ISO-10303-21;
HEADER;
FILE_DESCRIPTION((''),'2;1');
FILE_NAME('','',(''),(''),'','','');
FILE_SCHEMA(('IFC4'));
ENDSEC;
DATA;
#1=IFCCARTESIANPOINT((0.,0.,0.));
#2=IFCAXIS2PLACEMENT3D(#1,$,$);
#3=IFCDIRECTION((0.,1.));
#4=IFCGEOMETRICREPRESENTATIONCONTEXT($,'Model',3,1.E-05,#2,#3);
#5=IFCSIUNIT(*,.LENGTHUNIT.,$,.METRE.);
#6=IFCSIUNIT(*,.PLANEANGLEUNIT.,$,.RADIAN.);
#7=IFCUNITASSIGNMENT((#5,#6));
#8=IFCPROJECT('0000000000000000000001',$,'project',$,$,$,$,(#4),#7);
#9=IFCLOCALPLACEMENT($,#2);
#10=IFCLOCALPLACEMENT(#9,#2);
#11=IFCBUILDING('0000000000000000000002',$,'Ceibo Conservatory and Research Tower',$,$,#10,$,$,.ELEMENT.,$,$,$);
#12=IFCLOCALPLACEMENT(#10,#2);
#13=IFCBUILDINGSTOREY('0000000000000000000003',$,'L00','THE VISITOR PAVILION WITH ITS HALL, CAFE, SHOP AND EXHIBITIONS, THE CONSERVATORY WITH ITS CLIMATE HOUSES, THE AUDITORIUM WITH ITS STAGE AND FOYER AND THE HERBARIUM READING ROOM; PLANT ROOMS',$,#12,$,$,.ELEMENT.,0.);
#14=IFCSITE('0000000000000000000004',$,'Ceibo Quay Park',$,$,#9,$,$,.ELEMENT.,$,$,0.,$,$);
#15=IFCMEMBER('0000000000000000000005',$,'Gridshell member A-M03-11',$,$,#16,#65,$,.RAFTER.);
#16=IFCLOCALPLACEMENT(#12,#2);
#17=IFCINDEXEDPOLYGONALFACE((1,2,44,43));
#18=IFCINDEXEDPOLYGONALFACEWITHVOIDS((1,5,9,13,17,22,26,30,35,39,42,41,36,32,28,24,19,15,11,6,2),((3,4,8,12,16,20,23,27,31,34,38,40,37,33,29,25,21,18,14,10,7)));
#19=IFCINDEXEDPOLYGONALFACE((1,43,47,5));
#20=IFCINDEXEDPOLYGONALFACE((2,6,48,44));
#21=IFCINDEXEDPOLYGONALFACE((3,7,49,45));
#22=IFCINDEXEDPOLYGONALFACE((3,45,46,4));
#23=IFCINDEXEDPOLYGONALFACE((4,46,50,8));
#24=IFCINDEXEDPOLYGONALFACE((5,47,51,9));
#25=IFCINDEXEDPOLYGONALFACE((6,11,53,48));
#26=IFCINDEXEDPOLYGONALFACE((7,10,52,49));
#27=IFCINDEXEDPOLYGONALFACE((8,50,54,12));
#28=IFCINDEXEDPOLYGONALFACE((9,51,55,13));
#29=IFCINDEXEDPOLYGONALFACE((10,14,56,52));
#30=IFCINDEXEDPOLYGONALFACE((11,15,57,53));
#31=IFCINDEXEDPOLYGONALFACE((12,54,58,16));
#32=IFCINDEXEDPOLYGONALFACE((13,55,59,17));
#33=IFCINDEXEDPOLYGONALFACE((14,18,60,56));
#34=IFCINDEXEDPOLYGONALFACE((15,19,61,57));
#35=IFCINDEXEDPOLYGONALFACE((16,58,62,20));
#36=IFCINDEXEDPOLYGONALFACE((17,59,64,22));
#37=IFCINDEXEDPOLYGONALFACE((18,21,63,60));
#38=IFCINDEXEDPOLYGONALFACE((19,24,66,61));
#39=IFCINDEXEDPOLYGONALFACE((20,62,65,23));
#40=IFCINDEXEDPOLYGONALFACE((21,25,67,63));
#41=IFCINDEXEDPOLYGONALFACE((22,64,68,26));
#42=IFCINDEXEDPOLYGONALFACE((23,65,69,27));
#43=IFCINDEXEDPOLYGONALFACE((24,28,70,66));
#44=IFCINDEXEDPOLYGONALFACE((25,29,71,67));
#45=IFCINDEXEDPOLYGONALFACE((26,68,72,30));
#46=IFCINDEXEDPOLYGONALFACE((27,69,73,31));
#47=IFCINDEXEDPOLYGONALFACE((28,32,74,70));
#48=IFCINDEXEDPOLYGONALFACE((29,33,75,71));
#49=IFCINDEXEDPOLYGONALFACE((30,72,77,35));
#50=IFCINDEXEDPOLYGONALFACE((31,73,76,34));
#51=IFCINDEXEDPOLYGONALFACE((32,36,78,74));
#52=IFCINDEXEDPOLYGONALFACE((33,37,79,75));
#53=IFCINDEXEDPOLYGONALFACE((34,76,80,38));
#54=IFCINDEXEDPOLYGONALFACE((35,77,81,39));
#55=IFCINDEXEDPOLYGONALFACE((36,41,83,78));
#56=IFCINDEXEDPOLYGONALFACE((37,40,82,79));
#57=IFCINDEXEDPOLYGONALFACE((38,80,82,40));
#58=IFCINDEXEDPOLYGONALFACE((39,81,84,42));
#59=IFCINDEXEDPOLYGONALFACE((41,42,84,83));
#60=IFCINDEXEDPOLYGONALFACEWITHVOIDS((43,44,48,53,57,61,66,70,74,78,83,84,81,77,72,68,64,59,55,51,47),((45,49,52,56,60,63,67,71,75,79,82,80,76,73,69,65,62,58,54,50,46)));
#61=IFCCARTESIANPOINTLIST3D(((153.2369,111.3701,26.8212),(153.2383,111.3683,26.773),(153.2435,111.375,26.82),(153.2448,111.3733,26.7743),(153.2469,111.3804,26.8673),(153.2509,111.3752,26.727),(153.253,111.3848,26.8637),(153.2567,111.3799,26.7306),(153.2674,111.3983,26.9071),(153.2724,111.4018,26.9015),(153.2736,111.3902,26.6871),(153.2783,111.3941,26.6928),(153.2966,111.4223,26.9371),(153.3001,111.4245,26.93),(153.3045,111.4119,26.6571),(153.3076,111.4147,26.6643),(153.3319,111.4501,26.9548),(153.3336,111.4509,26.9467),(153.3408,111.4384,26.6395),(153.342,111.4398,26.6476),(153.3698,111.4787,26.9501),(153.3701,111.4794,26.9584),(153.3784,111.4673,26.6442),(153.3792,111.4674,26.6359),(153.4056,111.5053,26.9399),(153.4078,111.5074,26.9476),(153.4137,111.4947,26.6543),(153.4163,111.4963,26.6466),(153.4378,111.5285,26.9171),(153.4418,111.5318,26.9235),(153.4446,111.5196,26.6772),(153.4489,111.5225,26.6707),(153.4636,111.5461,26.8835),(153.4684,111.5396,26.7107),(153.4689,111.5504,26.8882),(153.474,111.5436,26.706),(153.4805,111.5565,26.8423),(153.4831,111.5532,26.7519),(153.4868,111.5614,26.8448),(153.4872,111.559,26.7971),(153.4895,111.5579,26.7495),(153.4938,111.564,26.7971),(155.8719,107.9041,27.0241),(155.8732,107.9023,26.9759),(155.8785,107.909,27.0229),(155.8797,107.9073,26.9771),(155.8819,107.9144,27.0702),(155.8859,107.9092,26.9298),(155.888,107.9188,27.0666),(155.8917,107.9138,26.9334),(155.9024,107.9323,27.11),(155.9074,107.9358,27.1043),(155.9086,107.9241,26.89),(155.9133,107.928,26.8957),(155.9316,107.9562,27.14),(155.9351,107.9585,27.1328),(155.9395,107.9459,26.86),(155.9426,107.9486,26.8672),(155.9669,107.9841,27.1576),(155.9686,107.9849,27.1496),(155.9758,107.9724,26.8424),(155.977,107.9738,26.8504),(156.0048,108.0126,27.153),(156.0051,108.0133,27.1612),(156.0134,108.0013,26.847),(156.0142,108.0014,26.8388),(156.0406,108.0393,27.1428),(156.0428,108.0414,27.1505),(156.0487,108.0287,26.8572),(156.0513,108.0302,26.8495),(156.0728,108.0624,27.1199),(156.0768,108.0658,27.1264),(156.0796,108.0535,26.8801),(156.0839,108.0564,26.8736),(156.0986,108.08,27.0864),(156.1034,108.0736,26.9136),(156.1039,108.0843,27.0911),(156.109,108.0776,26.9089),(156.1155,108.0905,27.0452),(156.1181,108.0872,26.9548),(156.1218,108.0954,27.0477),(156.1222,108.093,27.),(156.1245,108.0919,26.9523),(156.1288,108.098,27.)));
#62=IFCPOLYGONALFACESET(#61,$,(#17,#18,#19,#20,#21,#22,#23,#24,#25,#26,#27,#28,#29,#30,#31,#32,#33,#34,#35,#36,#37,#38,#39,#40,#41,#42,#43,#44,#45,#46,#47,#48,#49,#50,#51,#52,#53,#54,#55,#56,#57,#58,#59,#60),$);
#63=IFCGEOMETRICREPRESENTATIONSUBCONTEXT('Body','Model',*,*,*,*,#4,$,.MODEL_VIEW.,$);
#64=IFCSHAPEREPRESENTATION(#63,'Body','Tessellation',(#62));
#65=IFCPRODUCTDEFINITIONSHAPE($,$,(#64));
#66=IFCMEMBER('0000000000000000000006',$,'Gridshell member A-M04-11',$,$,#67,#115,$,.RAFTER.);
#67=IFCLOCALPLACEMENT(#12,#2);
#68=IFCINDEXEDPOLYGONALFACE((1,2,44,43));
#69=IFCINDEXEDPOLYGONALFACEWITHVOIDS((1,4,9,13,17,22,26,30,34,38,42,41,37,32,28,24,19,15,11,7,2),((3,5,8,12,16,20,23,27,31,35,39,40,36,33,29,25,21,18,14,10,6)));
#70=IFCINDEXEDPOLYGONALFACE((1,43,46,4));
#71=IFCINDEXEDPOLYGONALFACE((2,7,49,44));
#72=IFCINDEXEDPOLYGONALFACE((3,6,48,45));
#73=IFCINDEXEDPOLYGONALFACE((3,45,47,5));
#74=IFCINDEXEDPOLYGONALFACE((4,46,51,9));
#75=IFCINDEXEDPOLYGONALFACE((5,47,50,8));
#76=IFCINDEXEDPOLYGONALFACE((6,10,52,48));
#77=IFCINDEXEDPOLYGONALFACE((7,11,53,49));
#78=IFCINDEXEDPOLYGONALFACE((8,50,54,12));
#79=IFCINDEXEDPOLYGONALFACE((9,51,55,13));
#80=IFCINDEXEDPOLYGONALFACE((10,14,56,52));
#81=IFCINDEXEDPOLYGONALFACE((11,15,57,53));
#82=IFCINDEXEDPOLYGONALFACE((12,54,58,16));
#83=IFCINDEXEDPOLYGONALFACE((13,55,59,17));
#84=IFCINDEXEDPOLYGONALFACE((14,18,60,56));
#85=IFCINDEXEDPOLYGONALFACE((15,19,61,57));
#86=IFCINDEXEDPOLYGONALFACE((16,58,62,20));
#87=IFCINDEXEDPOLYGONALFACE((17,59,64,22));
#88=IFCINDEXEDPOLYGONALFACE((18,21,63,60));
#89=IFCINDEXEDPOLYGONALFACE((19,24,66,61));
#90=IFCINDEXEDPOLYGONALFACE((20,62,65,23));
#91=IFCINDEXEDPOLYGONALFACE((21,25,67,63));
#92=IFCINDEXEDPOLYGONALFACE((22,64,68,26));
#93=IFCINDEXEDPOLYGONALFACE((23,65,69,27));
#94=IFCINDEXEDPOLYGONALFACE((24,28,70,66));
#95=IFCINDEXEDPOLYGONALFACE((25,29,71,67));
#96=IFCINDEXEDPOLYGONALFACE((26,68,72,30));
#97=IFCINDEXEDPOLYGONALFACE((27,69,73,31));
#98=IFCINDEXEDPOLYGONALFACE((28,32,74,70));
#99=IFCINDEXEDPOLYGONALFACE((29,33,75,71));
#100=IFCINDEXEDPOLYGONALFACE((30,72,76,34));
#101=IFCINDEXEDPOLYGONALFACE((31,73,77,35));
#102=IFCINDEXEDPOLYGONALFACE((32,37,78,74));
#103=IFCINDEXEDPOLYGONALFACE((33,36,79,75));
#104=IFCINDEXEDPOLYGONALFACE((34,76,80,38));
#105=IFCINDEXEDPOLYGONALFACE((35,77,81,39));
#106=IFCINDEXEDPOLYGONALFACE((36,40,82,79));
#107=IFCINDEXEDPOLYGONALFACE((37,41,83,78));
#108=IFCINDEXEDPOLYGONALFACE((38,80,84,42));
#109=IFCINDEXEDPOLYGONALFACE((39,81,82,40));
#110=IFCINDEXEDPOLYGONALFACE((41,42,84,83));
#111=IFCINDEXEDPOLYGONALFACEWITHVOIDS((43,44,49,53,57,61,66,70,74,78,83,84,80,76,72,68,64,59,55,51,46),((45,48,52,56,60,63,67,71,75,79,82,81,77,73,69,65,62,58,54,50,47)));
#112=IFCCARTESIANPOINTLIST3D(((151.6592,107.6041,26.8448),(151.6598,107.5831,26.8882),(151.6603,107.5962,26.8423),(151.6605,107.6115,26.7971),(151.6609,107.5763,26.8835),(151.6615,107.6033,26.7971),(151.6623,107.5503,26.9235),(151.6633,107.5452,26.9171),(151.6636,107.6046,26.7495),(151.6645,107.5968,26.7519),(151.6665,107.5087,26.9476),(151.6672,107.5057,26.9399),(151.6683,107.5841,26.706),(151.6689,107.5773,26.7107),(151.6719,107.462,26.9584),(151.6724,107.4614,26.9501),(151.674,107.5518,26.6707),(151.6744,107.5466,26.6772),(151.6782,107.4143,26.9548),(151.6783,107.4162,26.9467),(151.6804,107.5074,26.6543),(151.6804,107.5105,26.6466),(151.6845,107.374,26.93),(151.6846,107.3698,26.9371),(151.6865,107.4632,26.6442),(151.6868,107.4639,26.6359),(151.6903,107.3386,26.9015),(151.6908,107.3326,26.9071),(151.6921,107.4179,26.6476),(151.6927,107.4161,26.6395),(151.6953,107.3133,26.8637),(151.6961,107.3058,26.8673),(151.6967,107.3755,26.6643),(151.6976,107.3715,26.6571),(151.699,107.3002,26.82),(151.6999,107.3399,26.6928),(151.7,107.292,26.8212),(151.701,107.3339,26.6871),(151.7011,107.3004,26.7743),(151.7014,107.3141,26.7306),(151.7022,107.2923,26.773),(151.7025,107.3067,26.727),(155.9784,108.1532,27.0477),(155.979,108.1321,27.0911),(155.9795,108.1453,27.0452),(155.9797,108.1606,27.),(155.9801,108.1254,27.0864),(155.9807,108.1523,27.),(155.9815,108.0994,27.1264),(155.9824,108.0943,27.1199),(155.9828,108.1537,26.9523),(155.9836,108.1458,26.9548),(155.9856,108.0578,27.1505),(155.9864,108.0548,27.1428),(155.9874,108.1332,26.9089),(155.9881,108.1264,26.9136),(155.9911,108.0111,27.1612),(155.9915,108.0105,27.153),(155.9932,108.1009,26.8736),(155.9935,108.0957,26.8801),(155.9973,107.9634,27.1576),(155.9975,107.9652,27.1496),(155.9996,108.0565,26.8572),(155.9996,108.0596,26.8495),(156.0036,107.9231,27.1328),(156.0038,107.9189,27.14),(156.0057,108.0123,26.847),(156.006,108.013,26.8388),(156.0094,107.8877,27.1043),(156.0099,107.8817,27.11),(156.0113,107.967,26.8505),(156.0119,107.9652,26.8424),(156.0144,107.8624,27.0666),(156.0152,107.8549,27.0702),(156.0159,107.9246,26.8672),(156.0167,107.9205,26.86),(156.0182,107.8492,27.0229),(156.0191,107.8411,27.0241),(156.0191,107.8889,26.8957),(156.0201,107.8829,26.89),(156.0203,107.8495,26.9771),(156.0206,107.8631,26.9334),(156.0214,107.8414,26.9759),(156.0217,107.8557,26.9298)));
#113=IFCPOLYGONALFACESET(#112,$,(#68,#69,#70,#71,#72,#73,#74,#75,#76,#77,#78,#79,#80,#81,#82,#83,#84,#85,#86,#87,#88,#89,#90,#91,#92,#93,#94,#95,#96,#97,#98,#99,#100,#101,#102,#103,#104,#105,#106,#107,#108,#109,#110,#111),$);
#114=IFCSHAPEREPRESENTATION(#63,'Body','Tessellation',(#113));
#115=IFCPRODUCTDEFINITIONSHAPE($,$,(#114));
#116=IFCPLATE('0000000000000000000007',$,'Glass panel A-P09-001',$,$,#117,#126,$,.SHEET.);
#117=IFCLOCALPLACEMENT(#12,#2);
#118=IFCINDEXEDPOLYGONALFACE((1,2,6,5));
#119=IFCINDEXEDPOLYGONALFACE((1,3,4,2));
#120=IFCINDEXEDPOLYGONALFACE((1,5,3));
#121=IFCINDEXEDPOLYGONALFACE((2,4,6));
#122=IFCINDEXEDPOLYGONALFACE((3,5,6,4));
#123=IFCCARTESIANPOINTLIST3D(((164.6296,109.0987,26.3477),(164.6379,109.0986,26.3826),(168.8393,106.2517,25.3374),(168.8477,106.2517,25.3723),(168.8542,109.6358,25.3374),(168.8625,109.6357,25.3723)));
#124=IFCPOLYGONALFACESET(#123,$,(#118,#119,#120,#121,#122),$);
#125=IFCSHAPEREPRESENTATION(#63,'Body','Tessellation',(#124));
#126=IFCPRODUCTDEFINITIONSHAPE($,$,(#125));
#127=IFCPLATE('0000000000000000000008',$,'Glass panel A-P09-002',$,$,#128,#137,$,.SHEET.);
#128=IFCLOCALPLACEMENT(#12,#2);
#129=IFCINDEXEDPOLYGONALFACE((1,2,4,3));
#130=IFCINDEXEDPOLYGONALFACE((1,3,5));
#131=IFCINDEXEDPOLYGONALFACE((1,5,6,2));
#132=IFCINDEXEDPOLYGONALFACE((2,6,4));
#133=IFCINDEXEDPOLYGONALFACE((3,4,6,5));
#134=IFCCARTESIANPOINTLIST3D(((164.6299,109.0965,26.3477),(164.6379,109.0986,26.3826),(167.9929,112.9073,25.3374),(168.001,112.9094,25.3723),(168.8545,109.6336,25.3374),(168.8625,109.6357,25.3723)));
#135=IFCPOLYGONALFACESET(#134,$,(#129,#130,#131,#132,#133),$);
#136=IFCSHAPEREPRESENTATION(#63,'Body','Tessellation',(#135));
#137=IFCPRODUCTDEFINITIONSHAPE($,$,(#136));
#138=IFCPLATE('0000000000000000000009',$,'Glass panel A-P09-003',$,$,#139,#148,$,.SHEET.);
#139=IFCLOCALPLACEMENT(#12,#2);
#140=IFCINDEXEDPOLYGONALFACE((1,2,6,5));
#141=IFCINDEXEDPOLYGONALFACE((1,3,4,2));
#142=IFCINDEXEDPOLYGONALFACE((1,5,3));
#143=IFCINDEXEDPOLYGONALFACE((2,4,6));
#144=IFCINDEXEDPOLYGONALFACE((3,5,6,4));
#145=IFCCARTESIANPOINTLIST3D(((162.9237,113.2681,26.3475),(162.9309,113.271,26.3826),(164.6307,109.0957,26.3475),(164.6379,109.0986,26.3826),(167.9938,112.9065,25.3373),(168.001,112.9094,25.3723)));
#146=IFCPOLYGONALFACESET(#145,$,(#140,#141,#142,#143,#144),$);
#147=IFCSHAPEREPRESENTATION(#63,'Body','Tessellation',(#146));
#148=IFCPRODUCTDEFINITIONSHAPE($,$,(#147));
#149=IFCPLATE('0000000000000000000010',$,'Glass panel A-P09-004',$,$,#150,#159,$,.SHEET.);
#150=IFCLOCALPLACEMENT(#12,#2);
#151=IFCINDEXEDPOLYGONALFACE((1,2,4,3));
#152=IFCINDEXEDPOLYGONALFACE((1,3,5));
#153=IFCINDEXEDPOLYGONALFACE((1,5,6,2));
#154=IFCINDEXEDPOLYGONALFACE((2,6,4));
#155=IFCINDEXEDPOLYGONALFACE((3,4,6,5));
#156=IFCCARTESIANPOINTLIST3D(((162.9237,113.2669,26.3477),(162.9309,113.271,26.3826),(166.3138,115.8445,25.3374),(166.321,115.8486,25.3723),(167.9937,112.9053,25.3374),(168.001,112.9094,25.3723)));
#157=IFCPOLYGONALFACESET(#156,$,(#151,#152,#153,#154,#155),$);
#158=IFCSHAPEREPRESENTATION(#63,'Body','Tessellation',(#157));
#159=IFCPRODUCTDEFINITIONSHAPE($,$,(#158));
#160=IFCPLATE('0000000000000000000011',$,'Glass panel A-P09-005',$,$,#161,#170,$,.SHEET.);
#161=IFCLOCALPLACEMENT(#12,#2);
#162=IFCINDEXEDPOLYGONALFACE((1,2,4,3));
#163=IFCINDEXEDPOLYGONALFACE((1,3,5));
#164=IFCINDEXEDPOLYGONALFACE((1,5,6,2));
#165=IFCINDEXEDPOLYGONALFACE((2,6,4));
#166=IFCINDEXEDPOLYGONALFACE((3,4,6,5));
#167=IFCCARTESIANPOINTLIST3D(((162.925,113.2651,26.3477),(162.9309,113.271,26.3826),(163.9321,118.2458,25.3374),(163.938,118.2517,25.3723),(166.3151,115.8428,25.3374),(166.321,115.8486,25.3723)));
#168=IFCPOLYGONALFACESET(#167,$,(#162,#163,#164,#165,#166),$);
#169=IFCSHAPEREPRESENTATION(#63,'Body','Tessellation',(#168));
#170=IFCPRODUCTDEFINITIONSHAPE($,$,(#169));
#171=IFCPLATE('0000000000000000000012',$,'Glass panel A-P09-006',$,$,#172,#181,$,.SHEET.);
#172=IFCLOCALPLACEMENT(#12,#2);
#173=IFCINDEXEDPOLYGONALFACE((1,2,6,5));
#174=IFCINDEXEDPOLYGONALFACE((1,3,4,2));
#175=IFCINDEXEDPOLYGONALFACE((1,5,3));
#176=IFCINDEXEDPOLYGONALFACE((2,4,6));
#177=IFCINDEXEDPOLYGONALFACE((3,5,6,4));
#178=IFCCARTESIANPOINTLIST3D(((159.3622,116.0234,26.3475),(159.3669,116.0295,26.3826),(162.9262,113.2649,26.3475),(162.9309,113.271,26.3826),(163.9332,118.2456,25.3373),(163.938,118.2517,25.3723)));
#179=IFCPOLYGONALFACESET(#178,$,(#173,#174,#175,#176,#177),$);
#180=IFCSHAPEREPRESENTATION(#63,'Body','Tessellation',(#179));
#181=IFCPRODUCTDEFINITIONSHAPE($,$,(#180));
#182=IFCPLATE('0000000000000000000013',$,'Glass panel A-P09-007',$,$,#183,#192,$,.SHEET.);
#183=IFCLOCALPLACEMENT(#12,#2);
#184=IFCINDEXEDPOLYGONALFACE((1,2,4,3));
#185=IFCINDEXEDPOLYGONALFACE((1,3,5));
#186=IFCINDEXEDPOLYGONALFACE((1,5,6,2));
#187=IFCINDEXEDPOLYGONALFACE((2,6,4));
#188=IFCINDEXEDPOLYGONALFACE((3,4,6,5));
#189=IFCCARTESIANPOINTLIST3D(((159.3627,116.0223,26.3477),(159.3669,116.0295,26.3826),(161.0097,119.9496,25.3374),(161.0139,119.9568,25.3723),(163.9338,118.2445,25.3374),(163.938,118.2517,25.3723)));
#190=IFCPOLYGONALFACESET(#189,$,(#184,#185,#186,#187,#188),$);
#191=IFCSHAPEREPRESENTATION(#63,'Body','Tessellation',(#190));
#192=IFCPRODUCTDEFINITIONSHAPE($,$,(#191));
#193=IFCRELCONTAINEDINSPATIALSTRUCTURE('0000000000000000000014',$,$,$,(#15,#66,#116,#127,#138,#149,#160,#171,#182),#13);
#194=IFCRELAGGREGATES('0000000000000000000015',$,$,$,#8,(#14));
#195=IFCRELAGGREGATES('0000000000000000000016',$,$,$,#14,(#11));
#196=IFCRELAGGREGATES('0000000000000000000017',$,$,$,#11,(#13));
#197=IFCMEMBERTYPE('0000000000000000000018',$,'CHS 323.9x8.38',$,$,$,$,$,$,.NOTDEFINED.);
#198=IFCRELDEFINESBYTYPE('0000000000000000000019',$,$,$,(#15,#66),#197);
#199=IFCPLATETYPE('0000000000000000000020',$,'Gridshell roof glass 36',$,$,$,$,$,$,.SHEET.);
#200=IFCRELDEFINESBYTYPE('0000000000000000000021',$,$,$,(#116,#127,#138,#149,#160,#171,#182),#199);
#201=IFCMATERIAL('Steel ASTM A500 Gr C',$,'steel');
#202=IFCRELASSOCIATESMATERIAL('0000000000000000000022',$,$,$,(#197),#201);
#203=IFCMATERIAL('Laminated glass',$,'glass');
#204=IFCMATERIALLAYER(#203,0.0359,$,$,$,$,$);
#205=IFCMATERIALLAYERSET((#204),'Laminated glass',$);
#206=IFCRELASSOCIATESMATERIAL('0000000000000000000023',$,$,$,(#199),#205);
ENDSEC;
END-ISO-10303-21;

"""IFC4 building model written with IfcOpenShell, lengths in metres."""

from ifc_helpers import new_model, si_unit, direction, frame, origin, origin_2d, place, context, subcontext, project, spatial, polyline, hollow_circle, outline, extrude, material, layer, layer_set, material_profile, profile_set, type_object, element, save


model = new_model("IFC4")

# Units and contexts
model_context = context("Model", 3, precision=1e-05, world=origin(), true_north=direction((0.0, 1.0)))
body_context = subcontext(model_context, "Body", "Model", "MODEL_VIEW")
ifc_project = project(units=[si_unit("LENGTHUNIT", "METRE"), si_unit("PLANEANGLEUNIT", "RADIAN")], contexts=[model_context])

# Site, building, storey
site_placement = place(None, origin())
site = spatial("IfcSite", under=ifc_project, at=site_placement, Name="Ceibo Quay Park", CompositionType="ELEMENT", RefElevation=0.0)
building_placement = place(site_placement, origin())
building = spatial("IfcBuilding", under=site, at=building_placement, Name="Ceibo Conservatory and Research Tower", CompositionType="ELEMENT")
storey_placement = place(building_placement, origin())
storey = spatial("IfcBuildingStorey", under=building, at=storey_placement, Name="L00", Description="THE VISITOR PAVILION WITH ITS HALL, CAFE, SHOP AND EXHIBITIONS, THE CONSERVATORY WITH ITS CLIMATE HOUSES, THE AUDITORIUM WITH ITS STAGE AND FOYER AND THE HERBARIUM READING ROOM; PLANT ROOMS", CompositionType="ELEMENT", Elevation=0.0)

# Members
ifc_material_1 = material(Name="Steel ASTM A500 Gr C", Category="steel")
ifc_material_profile_1 = material_profile(ifc_material_1, hollow_circle(Radius=0.1619, WallThickness=0.0083, at=origin_2d()), Name="CHS 323.9x8.38")
ifc_profile_set_1 = profile_set([ifc_material_profile_1], Name="Steel ASTM A500 Gr C")
member_type_1 = type_object("IfcMemberType", Name="CHS 323.9x8.38", PredefinedType="NOTDEFINED", material=ifc_profile_set_1)
for number, where, z_axis, x_axis, name in (
    (1, (153.365, 111.4661, 26.7971), (0.604544, -0.795211, 0.046546), (0.796074, 0.6052, 0.0), "Gridshell member A-M03-11"),
    (2, (151.6809, 107.4509, 26.7971), (0.990941, 0.125975, 0.046547), (-0.126112, 0.992016, 0.0), "Gridshell member A-M04-11"),
):
    element("IfcMember", number, at=place(storey_placement, frame(where, z_axis=z_axis, x_axis=x_axis)), inside=storey, type_object=member_type_1, Name=name, PredefinedType="RAFTER", context=body_context, shape_type="SweptSolid", body=[
        extrude(hollow_circle(Radius=0.1619, WallThickness=0.0083, at=origin_2d()), origin(), (0.0, 0.0, 1.0), 4.3586),
    ])

# Plates
ifc_material_2 = material(Name="Laminated glass", Category="glass")
ifc_layer = layer(ifc_material_2, 0.0359)
ifc_layer_set = layer_set([ifc_layer], Name="Laminated glass")
plate_type = type_object("IfcPlateType", Name="Gridshell roof glass 36", PredefinedType="SHEET", material=ifc_layer_set)
plate_1_placement = place(storey_placement, frame((164.6379, 109.0986, 26.3826), z_axis=(0.232701, -0.001024, 0.972548), x_axis=(0.812461, -0.549447, -0.194976)))
element("IfcPlate", 3, at=plate_1_placement, inside=storey, type_object=plate_type, Name="Glass panel A-P09-001", PredefinedType="SHEET", context=body_context, shape_type="SweptSolid", body=[
    extrude(outline(polyline([(0.0, 0.0), (5.1814, 0.0), (3.3342, 2.8354), (0.0, 0.0)])), origin(), (0.0, 0.0, -1.0), 0.0359),
])
plate_2_placement = place(storey_placement, frame((164.6379, 109.0986, 26.3826), z_axis=(0.225041, 0.059227, 0.972548), x_axis=(0.965227, 0.122717, -0.23082)))
element("IfcPlate", 4, at=plate_2_placement, inside=storey, type_object=plate_type, Name="Glass panel A-P09-002", PredefinedType="SHEET", context=body_context, shape_type="SweptSolid", body=[
    extrude(outline(polyline([(0.0, 0.0), (4.3768, 0.0), (3.9469, 3.3578), (0.0, 0.0)])), origin(), (0.0, 0.0, -1.0), 0.0359),
])
plate_3_placement = place(storey_placement, frame((164.6379, 109.0986, 26.3826), z_axis=(0.200379, 0.081981, 0.976282), x_axis=(0.648989, 0.735395, -0.194956)))
element("IfcPlate", 5, at=plate_3_placement, inside=storey, type_object=plate_type, Name="Glass panel A-P09-003", PredefinedType="SHEET", context=body_context, shape_type="SweptSolid", body=[
    extrude(outline(polyline([(0.0, 0.0), (5.182, 0.0), (1.9605, 4.0594), (0.0, 0.0)])), origin(), (0.0, 0.0, -1.0), 0.0359),
])
plate_4_placement = place(storey_placement, frame((162.9309, 113.271, 26.3826), z_axis=(0.202023, 0.115468, 0.97255), x_axis=(0.97833, -0.06977, -0.194941)))
element("IfcPlate", 6, at=plate_4_placement, inside=storey, type_object=plate_type, Name="Glass panel A-P09-004", PredefinedType="SHEET", context=body_context, shape_type="SweptSolid", body=[
    extrude(outline(polyline([(0.0, 0.0), (5.1824, 0.0), (3.3338, 2.8362), (0.0, 0.0)])), origin(), (0.0, 0.0, -1.0), 0.0359),
])
plate_5_placement = place(storey_placement, frame((162.9309, 113.271, 26.3826), z_axis=(0.165232, 0.163856, 0.972548), x_axis=(0.77454, 0.588909, -0.230811)))
element("IfcPlate", 7, at=plate_5_placement, inside=storey, type_object=plate_type, Name="Glass panel A-P09-005", PredefinedType="SHEET", context=body_context, shape_type="SweptSolid", body=[
    extrude(outline(polyline([(0.0, 0.0), (4.377, 0.0), (3.9464, 3.3568), (0.0, 0.0)])), origin(), (0.0, 0.0, -1.0), 0.0359),
])
plate_6_placement = place(storey_placement, frame((162.9309, 113.271, 26.3826), z_axis=(0.13253, 0.171225, 0.976278), x_axis=(0.194381, 0.96135, -0.194994)))
element("IfcPlate", 8, at=plate_6_placement, inside=storey, type_object=plate_type, Name="Glass panel A-P09-006", PredefinedType="SHEET", context=body_context, shape_type="SweptSolid", body=[
    extrude(outline(polyline([(0.0, 0.0), (5.181, 0.0), (1.9592, 4.0587), (0.0, 0.0)])), origin(), (0.0, 0.0, -1.0), 0.0359),
])
plate_7_placement = place(storey_placement, frame((159.3669, 116.0295, 26.3826), z_axis=(0.11722, 0.201022, 0.972548), x_axis=(0.882101, 0.428825, -0.194955)))
element("IfcPlate", 9, at=plate_7_placement, inside=storey, type_object=plate_type, Name="Glass panel A-P09-007", PredefinedType="SHEET", context=body_context, shape_type="SweptSolid", body=[
    extrude(outline(polyline([(0.0, 0.0), (5.182, 0.0), (3.3338, 2.8358), (0.0, 0.0)])), origin(), (0.0, 0.0, -1.0), 0.0359),
])

save(model, "model.ifc")
